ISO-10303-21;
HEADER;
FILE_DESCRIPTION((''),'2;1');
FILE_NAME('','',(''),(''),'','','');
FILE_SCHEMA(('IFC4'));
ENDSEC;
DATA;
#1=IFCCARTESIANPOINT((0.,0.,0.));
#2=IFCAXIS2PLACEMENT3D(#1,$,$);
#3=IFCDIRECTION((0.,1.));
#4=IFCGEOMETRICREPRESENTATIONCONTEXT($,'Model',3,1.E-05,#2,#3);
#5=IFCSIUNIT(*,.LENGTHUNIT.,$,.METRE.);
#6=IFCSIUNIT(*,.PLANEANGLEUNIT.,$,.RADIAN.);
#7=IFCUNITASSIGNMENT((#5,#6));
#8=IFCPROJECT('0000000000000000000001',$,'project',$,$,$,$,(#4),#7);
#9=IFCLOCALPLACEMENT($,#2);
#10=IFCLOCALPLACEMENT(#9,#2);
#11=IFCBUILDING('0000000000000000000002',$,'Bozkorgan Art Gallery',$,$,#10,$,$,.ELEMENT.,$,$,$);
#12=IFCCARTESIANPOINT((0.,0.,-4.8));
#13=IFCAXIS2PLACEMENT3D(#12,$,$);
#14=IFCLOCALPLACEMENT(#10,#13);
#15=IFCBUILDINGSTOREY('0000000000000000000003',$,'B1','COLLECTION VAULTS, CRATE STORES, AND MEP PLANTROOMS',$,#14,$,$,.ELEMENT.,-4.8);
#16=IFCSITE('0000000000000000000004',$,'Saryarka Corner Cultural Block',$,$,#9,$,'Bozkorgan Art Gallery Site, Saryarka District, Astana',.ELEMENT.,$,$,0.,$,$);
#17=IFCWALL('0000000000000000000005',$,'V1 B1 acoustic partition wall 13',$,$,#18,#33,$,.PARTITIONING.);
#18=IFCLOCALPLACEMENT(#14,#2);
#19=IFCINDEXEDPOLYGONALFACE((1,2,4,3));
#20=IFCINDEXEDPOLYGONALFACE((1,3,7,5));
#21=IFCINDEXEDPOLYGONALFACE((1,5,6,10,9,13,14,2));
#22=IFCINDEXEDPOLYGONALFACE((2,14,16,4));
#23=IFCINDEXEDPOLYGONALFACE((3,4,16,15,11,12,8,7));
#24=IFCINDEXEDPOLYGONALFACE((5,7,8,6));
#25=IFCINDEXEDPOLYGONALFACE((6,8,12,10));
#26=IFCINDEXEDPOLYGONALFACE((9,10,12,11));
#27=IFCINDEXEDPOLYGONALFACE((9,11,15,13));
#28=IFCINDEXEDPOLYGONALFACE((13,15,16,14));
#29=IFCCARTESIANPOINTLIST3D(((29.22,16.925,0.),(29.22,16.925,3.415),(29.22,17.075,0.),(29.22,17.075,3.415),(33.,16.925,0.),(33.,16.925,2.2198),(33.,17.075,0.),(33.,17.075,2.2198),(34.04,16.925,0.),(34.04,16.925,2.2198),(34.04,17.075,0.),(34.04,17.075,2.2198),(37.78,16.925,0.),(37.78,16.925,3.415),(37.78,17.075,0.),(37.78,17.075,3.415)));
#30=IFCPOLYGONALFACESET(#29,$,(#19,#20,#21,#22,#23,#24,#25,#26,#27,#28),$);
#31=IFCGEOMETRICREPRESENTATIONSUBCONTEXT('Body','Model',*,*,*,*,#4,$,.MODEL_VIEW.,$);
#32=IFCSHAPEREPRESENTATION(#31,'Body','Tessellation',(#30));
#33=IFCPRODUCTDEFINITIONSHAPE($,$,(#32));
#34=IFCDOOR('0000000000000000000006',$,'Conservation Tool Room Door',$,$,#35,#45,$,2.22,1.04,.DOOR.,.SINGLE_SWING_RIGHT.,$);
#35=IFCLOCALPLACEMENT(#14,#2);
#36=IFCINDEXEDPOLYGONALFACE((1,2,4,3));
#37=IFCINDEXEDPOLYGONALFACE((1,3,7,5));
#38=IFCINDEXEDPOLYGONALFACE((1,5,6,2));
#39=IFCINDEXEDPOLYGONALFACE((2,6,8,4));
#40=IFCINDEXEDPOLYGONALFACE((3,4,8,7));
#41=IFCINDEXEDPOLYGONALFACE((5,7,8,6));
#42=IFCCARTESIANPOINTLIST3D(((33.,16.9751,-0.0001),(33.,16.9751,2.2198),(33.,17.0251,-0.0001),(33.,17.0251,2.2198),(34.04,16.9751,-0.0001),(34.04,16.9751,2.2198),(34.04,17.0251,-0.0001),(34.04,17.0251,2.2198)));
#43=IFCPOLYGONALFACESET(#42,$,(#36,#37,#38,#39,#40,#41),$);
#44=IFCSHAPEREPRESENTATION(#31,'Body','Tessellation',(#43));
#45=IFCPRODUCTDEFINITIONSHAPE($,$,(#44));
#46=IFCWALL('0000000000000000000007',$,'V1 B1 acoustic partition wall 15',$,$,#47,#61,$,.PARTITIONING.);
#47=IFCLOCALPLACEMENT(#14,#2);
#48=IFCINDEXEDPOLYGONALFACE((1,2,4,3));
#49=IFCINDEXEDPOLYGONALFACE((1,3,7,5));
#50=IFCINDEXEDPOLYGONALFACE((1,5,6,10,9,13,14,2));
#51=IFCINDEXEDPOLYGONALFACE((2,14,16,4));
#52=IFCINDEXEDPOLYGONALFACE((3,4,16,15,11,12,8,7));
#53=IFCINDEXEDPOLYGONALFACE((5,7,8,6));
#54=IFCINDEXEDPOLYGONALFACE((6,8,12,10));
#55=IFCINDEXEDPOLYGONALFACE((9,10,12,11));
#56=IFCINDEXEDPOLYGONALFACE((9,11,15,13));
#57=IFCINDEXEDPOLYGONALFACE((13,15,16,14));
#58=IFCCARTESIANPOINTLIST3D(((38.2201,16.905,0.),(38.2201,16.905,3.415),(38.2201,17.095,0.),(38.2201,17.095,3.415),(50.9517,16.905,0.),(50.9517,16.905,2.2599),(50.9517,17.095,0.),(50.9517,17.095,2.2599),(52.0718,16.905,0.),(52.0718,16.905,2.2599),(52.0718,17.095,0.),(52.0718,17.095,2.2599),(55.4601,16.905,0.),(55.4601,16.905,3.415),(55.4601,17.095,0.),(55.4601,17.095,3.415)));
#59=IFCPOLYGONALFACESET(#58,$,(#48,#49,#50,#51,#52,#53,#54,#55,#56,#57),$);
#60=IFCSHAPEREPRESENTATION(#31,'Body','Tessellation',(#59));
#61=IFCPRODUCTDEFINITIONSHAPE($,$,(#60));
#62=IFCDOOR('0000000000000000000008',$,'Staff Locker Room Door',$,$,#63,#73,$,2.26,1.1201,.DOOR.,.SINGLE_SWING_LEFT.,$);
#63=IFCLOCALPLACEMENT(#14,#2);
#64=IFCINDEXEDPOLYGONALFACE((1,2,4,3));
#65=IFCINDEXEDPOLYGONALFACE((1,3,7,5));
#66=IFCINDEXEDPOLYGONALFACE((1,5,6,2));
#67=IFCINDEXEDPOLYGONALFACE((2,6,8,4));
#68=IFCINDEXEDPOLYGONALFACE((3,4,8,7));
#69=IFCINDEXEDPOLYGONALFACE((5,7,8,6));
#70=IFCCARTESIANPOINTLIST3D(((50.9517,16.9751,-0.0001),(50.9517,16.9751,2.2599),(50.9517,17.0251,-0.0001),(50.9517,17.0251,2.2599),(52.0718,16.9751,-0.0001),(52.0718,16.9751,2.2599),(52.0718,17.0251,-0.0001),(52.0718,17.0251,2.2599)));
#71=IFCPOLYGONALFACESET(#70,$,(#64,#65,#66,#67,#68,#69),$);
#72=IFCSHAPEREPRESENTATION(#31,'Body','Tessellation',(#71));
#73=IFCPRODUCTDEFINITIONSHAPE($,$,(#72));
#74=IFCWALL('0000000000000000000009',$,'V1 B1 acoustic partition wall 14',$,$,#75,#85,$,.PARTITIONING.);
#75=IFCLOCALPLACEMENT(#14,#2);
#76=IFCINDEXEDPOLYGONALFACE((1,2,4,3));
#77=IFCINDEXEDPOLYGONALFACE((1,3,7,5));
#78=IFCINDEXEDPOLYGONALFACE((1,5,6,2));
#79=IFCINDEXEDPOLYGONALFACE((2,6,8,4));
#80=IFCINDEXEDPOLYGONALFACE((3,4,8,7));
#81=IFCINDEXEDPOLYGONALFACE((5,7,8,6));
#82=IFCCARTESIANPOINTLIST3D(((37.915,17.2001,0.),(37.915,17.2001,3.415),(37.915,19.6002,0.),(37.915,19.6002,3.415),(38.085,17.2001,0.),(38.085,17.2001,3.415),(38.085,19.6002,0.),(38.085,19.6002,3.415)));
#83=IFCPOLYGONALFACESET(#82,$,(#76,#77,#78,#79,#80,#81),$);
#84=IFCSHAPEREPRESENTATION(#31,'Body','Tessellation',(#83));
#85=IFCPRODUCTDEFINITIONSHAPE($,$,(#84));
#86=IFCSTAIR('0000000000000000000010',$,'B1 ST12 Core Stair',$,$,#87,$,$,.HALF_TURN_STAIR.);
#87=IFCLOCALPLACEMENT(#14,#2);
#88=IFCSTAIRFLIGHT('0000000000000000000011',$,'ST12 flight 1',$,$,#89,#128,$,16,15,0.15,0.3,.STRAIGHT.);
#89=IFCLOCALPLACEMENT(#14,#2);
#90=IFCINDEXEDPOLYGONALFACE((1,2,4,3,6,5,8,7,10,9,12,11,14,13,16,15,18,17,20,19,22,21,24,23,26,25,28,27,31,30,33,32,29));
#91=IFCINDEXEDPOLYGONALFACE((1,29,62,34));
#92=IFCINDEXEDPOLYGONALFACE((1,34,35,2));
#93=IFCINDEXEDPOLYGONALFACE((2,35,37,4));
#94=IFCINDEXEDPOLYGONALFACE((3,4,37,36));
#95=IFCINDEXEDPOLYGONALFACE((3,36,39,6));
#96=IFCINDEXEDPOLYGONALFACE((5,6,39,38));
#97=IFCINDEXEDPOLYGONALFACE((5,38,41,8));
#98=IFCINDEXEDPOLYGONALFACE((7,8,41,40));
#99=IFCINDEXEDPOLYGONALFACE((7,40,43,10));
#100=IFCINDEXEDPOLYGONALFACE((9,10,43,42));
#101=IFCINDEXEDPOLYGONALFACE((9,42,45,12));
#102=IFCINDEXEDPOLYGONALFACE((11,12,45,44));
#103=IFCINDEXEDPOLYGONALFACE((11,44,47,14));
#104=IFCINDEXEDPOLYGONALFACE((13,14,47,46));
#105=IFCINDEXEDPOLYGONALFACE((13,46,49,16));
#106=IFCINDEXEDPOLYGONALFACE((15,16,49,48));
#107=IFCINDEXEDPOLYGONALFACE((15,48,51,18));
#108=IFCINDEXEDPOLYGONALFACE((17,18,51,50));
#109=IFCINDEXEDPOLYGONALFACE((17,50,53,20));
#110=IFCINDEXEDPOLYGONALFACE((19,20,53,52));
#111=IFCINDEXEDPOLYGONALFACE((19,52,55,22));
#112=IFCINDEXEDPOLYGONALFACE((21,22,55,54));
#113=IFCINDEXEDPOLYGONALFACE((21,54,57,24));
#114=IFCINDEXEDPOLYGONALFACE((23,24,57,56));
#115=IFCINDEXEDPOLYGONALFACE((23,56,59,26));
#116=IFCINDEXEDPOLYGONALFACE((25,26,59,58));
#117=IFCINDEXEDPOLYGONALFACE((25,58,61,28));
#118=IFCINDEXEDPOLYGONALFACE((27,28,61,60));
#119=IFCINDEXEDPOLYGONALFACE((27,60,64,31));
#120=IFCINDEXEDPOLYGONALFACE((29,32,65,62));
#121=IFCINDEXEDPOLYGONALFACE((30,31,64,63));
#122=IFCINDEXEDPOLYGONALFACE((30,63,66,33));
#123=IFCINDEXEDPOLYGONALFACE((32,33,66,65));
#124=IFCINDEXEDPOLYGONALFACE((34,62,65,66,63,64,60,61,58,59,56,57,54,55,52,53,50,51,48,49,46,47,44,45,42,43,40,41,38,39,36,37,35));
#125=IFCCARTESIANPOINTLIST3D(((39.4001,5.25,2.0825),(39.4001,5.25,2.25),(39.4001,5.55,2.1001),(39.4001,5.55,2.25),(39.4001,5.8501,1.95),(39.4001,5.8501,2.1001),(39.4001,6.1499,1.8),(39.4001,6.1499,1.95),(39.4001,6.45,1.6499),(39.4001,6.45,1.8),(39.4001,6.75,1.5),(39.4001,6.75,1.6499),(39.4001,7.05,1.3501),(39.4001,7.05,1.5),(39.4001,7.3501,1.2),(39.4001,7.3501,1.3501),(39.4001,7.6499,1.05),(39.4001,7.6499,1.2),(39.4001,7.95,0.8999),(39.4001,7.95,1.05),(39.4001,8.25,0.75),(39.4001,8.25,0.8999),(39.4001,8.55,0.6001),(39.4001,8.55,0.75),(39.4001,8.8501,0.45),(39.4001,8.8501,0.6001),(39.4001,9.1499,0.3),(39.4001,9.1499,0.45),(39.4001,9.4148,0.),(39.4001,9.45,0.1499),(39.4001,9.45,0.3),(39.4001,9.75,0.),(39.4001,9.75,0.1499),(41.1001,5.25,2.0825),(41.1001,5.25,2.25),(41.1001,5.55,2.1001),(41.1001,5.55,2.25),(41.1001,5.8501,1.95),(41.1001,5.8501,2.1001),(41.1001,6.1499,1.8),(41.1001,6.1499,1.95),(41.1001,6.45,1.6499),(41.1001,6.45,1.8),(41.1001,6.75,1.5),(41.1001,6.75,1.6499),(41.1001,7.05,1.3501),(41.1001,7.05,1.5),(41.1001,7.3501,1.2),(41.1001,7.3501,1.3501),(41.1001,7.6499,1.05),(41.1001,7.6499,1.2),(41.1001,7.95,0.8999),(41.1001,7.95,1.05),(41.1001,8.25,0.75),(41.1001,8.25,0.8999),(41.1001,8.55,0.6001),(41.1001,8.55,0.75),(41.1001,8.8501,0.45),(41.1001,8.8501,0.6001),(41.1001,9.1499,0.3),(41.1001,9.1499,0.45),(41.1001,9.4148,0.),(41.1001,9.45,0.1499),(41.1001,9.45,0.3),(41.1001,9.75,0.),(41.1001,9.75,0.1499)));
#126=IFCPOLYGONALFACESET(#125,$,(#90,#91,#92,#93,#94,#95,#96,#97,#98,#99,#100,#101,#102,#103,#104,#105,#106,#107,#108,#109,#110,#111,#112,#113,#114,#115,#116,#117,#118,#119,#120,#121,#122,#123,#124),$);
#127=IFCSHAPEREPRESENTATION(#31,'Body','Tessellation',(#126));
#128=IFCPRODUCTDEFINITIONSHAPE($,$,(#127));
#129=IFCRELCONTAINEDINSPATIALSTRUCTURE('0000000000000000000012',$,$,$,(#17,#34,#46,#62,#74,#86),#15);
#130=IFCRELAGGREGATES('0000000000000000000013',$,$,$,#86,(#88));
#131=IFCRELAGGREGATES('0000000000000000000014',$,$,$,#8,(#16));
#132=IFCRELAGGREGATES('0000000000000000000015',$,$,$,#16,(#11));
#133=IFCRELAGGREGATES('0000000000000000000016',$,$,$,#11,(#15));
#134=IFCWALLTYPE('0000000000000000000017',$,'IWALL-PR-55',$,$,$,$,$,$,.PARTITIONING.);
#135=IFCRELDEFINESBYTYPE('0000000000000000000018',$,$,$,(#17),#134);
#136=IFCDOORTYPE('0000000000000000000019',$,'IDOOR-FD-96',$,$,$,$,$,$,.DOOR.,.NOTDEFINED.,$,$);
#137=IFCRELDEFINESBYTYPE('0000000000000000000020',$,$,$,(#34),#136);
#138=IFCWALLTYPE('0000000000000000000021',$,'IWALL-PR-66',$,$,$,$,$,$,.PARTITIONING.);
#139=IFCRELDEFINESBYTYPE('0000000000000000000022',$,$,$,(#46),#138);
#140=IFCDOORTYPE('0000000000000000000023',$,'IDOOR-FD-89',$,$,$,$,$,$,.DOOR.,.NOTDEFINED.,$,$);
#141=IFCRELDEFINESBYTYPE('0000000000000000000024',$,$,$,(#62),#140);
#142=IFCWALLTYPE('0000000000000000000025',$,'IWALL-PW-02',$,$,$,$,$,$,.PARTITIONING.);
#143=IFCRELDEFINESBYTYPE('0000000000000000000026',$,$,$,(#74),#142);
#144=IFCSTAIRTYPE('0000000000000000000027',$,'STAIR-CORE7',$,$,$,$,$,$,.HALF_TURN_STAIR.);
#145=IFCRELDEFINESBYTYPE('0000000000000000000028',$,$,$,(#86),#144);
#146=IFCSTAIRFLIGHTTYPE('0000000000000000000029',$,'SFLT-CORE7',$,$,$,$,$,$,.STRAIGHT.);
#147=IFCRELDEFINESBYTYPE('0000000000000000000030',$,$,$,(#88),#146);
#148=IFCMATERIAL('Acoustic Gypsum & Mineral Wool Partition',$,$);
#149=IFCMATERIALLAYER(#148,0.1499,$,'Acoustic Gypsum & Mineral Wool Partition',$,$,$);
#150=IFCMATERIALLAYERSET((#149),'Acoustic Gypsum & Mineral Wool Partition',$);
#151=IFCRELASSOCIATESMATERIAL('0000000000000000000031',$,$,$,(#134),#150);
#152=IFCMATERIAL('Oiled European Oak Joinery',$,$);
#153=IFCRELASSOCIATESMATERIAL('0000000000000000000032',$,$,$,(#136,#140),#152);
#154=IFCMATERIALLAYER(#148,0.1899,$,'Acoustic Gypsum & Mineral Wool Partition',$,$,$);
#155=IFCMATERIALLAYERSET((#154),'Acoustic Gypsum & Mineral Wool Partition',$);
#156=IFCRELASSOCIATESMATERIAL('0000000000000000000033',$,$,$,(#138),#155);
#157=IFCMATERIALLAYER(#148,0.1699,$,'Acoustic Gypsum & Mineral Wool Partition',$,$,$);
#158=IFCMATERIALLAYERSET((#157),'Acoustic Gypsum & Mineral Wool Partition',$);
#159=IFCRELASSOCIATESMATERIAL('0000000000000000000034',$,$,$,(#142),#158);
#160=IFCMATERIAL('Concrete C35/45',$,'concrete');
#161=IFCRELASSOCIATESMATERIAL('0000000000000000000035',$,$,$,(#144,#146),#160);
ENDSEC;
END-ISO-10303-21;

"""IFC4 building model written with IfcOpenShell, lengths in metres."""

from ifc_helpers import new_model, si_unit, direction, frame, frame_2d, origin, place, context, subcontext, project, spatial, polyline, rectangle, outline, extrude, material, layer, layer_set, type_object, element, fill, aggregate, save


model = new_model("IFC4")

# Units and contexts
model_context = context("Model", 3, precision=1e-05, world=origin(), true_north=direction((0.0, 1.0)))
body_context = subcontext(model_context, "Body", "Model", "MODEL_VIEW")
ifc_project = project(units=[si_unit("LENGTHUNIT", "METRE"), si_unit("PLANEANGLEUNIT", "RADIAN")], contexts=[model_context])

# Site, building, storey
site_placement = place(None, origin())
site = spatial("IfcSite", under=ifc_project, at=site_placement, Name="Saryarka Corner Cultural Block", LongName="Bozkorgan Art Gallery Site, Saryarka District, Astana", CompositionType="ELEMENT", RefElevation=0.0)
building_placement = place(site_placement, origin())
building = spatial("IfcBuilding", under=site, at=building_placement, Name="Bozkorgan Art Gallery", CompositionType="ELEMENT")
storey_placement = place(building_placement, frame((0.0, 0.0, -4.8)))
storey = spatial("IfcBuildingStorey", under=building, at=storey_placement, Name="B1", Description="COLLECTION VAULTS, CRATE STORES, AND MEP PLANTROOMS", CompositionType="ELEMENT", Elevation=-4.8)

# Shared definitions
ifc_material_1 = material(Name="Concrete C35/45", Category="concrete")

# Walls, openings, doors
ifc_material_2 = material(Name="Acoustic Gypsum & Mineral Wool Partition")
ifc_material_3 = material(Name="Oiled European Oak Joinery")
ifc_layer_1 = layer(ifc_material_2, 0.1499, Name="Acoustic Gypsum & Mineral Wool Partition")
ifc_layer_set_1 = layer_set([ifc_layer_1], Name="Acoustic Gypsum & Mineral Wool Partition")
wall_type_1 = type_object("IfcWallType", Name="IWALL-PR-55", PredefinedType="PARTITIONING", material=ifc_layer_set_1)
wall_1_placement = place(storey_placement, frame((29.22, 17.0, 0.0), z_axis=(0.0, 0.0, 1.0), x_axis=(1.0, 0.0, 0.0)))
wall_1 = element("IfcWall", 1, at=wall_1_placement, inside=storey, type_object=wall_type_1, Name="V1 B1 acoustic partition wall 13", PredefinedType="PARTITIONING", context=body_context, shape_type="SweptSolid", body=[
    extrude(rectangle(XDim=8.5601, YDim=0.1499, at=frame_2d((4.28, 0.0))), origin(), (0.0, 0.0, 1.0), 3.415),
])
opening_1_placement = place(wall_1_placement, frame((4.8201, 0.0, 0.0), z_axis=(0.0, 0.0, 1.0), x_axis=(-1.0, 0.0, 0.0)))
opening_1 = element("IfcOpeningElement", 2, at=opening_1_placement, cuts=wall_1, PredefinedType="OPENING", context=body_context, shape_type="SweptSolid", body=[
    extrude(rectangle(XDim=1.04, YDim=2.22, at=frame_2d((0.52, 1.1099))), frame((0.0, 0.085, 0.0), z_axis=(0.0, -1.0, 0.0), x_axis=(1.0, 0.0, 0.0)), (0.0, 0.0, 1.0), 0.1699),
])
door_type_1 = type_object("IfcDoorType", Name="IDOOR-FD-96", OperationType="NOTDEFINED", PredefinedType="DOOR", material=ifc_material_3)
door_1_placement = place(opening_1_placement, origin())
door_1 = element("IfcDoor", 3, at=door_1_placement, inside=storey, type_object=door_type_1, Name="Conservation Tool Room Door", OperationType="SINGLE_SWING_RIGHT", OverallHeight=2.22, OverallWidth=1.04, PredefinedType="DOOR", context=body_context, shape_type="SweptSolid", body=[
    extrude(rectangle(XDim=1.04, YDim=2.22, at=frame_2d((0.52, 1.1099))), frame((0.0, 0.0249, 0.0), z_axis=(0.0, -1.0, 0.0), x_axis=(1.0, 0.0, 0.0)), (0.0, 0.0, 1.0), 0.05),
])
fill(opening_1, door_1)
ifc_layer_2 = layer(ifc_material_2, 0.1899, Name="Acoustic Gypsum & Mineral Wool Partition")
ifc_layer_set_2 = layer_set([ifc_layer_2], Name="Acoustic Gypsum & Mineral Wool Partition")
wall_type_2 = type_object("IfcWallType", Name="IWALL-PR-66", PredefinedType="PARTITIONING", material=ifc_layer_set_2)
wall_2_placement = place(storey_placement, frame((38.22, 17.0, 0.0), z_axis=(0.0, 0.0, 1.0), x_axis=(1.0, 0.0, 0.0)))
wall_2 = element("IfcWall", 4, at=wall_2_placement, inside=storey, type_object=wall_type_2, Name="V1 B1 acoustic partition wall 15", PredefinedType="PARTITIONING", context=body_context, shape_type="SweptSolid", body=[
    extrude(rectangle(XDim=17.24, YDim=0.1899, at=frame_2d((8.6201, 0.0))), origin(), (0.0, 0.0, 1.0), 3.415),
])
opening_2_placement = place(wall_2_placement, frame((13.8518, 0.0, 0.0), z_axis=(0.0, 0.0, 1.0), x_axis=(-1.0, 0.0, 0.0)))
opening_2 = element("IfcOpeningElement", 5, at=opening_2_placement, cuts=wall_2, PredefinedType="OPENING", context=body_context, shape_type="SweptSolid", body=[
    extrude(rectangle(XDim=1.1201, YDim=2.26, at=frame_2d((0.5601, 1.1299))), frame((0.0, 0.105, 0.0), z_axis=(0.0, -1.0, 0.0), x_axis=(1.0, 0.0, 0.0)), (0.0, 0.0, 1.0), 0.21),
])
door_type_2 = type_object("IfcDoorType", Name="IDOOR-FD-89", OperationType="NOTDEFINED", PredefinedType="DOOR", material=ifc_material_3)
door_2_placement = place(opening_2_placement, origin())
door_2 = element("IfcDoor", 6, at=door_2_placement, inside=storey, type_object=door_type_2, Name="Staff Locker Room Door", OperationType="SINGLE_SWING_LEFT", OverallHeight=2.26, OverallWidth=1.1201, PredefinedType="DOOR", context=body_context, shape_type="SweptSolid", body=[
    extrude(rectangle(XDim=1.1201, YDim=2.26, at=frame_2d((0.5601, 1.1299))), frame((0.0, 0.0249, 0.0), z_axis=(0.0, -1.0, 0.0), x_axis=(1.0, 0.0, 0.0)), (0.0, 0.0, 1.0), 0.05),
])
fill(opening_2, door_2)

# Wall
ifc_layer_3 = layer(ifc_material_2, 0.1699, Name="Acoustic Gypsum & Mineral Wool Partition")
ifc_layer_set_3 = layer_set([ifc_layer_3], Name="Acoustic Gypsum & Mineral Wool Partition")
wall_type_3 = type_object("IfcWallType", Name="IWALL-PW-02", PredefinedType="PARTITIONING", material=ifc_layer_set_3)
wall_3_placement = place(storey_placement, frame((38.0, 17.2, 0.0), z_axis=(0.0, 0.0, 1.0), x_axis=(0.0, 1.0, 0.0)))
element("IfcWall", 7, at=wall_3_placement, inside=storey, type_object=wall_type_3, Name="V1 B1 acoustic partition wall 14", PredefinedType="PARTITIONING", context=body_context, shape_type="SweptSolid", body=[
    extrude(rectangle(XDim=2.4001, YDim=0.1699, at=frame_2d((1.2002, 0.0))), origin(), (0.0, 0.0, 1.0), 3.415),
])

# Stair, stair flight
stair_type = type_object("IfcStairType", Name="STAIR-CORE7", PredefinedType="HALF_TURN_STAIR", material=ifc_material_1)
stair_placement = place(storey_placement, origin())
stair = element("IfcStair", 8, at=stair_placement, inside=storey, type_object=stair_type, Name="B1 ST12 Core Stair", PredefinedType="HALF_TURN_STAIR")
stair_flight_type = type_object("IfcStairFlightType", Name="SFLT-CORE7", PredefinedType="STRAIGHT", material=ifc_material_1)
stair_flight_placement = place(storey_placement, frame((40.25, 9.75, 0.0), z_axis=(0.0, 0.0, 1.0), x_axis=(0.0, -1.0, 0.0)))
stair_flight = element("IfcStairFlight", 9, at=stair_flight_placement, type_object=stair_flight_type, Name="ST12 flight 1", NumberOfRisers=16, NumberOfTreads=15, PredefinedType="STRAIGHT", RiserHeight=0.15, TreadLength=0.3, context=body_context, shape_type="SweptSolid", body=[
    extrude(outline(polyline([(0.0, 0.0), (0.0, 0.1499), (0.3, 0.1499), (0.3, 0.3), (0.6001, 0.3), (0.6001, 0.45), (0.8999, 0.45), (0.8999, 0.6001), (1.2, 0.6001), (1.2, 0.75), (1.5, 0.75), (1.5, 0.8999), (1.8, 0.8999), (1.8, 1.05), (2.1001, 1.05), (2.1001, 1.2), (2.3999, 1.2), (2.3999, 1.3501), (2.7, 1.3501), (2.7, 1.5), (3.0, 1.5), (3.0, 1.6499), (3.3, 1.6499), (3.3, 1.8), (3.6001, 1.8), (3.6001, 1.95), (3.8999, 1.95), (3.8999, 2.1001), (4.2, 2.1001), (4.2, 2.25), (4.5, 2.25), (4.5, 2.3999), (4.5, 2.0825), (0.3352, 0.0), (0.0, 0.0)])), frame((0.0, 0.8501, 0.0), z_axis=(0.0, -1.0, 0.0), x_axis=(1.0, 0.0, 0.0)), (0.0, 0.0, 1.0), 1.7),
])
aggregate(stair, [stair_flight])

save(model, "model.ifc")
